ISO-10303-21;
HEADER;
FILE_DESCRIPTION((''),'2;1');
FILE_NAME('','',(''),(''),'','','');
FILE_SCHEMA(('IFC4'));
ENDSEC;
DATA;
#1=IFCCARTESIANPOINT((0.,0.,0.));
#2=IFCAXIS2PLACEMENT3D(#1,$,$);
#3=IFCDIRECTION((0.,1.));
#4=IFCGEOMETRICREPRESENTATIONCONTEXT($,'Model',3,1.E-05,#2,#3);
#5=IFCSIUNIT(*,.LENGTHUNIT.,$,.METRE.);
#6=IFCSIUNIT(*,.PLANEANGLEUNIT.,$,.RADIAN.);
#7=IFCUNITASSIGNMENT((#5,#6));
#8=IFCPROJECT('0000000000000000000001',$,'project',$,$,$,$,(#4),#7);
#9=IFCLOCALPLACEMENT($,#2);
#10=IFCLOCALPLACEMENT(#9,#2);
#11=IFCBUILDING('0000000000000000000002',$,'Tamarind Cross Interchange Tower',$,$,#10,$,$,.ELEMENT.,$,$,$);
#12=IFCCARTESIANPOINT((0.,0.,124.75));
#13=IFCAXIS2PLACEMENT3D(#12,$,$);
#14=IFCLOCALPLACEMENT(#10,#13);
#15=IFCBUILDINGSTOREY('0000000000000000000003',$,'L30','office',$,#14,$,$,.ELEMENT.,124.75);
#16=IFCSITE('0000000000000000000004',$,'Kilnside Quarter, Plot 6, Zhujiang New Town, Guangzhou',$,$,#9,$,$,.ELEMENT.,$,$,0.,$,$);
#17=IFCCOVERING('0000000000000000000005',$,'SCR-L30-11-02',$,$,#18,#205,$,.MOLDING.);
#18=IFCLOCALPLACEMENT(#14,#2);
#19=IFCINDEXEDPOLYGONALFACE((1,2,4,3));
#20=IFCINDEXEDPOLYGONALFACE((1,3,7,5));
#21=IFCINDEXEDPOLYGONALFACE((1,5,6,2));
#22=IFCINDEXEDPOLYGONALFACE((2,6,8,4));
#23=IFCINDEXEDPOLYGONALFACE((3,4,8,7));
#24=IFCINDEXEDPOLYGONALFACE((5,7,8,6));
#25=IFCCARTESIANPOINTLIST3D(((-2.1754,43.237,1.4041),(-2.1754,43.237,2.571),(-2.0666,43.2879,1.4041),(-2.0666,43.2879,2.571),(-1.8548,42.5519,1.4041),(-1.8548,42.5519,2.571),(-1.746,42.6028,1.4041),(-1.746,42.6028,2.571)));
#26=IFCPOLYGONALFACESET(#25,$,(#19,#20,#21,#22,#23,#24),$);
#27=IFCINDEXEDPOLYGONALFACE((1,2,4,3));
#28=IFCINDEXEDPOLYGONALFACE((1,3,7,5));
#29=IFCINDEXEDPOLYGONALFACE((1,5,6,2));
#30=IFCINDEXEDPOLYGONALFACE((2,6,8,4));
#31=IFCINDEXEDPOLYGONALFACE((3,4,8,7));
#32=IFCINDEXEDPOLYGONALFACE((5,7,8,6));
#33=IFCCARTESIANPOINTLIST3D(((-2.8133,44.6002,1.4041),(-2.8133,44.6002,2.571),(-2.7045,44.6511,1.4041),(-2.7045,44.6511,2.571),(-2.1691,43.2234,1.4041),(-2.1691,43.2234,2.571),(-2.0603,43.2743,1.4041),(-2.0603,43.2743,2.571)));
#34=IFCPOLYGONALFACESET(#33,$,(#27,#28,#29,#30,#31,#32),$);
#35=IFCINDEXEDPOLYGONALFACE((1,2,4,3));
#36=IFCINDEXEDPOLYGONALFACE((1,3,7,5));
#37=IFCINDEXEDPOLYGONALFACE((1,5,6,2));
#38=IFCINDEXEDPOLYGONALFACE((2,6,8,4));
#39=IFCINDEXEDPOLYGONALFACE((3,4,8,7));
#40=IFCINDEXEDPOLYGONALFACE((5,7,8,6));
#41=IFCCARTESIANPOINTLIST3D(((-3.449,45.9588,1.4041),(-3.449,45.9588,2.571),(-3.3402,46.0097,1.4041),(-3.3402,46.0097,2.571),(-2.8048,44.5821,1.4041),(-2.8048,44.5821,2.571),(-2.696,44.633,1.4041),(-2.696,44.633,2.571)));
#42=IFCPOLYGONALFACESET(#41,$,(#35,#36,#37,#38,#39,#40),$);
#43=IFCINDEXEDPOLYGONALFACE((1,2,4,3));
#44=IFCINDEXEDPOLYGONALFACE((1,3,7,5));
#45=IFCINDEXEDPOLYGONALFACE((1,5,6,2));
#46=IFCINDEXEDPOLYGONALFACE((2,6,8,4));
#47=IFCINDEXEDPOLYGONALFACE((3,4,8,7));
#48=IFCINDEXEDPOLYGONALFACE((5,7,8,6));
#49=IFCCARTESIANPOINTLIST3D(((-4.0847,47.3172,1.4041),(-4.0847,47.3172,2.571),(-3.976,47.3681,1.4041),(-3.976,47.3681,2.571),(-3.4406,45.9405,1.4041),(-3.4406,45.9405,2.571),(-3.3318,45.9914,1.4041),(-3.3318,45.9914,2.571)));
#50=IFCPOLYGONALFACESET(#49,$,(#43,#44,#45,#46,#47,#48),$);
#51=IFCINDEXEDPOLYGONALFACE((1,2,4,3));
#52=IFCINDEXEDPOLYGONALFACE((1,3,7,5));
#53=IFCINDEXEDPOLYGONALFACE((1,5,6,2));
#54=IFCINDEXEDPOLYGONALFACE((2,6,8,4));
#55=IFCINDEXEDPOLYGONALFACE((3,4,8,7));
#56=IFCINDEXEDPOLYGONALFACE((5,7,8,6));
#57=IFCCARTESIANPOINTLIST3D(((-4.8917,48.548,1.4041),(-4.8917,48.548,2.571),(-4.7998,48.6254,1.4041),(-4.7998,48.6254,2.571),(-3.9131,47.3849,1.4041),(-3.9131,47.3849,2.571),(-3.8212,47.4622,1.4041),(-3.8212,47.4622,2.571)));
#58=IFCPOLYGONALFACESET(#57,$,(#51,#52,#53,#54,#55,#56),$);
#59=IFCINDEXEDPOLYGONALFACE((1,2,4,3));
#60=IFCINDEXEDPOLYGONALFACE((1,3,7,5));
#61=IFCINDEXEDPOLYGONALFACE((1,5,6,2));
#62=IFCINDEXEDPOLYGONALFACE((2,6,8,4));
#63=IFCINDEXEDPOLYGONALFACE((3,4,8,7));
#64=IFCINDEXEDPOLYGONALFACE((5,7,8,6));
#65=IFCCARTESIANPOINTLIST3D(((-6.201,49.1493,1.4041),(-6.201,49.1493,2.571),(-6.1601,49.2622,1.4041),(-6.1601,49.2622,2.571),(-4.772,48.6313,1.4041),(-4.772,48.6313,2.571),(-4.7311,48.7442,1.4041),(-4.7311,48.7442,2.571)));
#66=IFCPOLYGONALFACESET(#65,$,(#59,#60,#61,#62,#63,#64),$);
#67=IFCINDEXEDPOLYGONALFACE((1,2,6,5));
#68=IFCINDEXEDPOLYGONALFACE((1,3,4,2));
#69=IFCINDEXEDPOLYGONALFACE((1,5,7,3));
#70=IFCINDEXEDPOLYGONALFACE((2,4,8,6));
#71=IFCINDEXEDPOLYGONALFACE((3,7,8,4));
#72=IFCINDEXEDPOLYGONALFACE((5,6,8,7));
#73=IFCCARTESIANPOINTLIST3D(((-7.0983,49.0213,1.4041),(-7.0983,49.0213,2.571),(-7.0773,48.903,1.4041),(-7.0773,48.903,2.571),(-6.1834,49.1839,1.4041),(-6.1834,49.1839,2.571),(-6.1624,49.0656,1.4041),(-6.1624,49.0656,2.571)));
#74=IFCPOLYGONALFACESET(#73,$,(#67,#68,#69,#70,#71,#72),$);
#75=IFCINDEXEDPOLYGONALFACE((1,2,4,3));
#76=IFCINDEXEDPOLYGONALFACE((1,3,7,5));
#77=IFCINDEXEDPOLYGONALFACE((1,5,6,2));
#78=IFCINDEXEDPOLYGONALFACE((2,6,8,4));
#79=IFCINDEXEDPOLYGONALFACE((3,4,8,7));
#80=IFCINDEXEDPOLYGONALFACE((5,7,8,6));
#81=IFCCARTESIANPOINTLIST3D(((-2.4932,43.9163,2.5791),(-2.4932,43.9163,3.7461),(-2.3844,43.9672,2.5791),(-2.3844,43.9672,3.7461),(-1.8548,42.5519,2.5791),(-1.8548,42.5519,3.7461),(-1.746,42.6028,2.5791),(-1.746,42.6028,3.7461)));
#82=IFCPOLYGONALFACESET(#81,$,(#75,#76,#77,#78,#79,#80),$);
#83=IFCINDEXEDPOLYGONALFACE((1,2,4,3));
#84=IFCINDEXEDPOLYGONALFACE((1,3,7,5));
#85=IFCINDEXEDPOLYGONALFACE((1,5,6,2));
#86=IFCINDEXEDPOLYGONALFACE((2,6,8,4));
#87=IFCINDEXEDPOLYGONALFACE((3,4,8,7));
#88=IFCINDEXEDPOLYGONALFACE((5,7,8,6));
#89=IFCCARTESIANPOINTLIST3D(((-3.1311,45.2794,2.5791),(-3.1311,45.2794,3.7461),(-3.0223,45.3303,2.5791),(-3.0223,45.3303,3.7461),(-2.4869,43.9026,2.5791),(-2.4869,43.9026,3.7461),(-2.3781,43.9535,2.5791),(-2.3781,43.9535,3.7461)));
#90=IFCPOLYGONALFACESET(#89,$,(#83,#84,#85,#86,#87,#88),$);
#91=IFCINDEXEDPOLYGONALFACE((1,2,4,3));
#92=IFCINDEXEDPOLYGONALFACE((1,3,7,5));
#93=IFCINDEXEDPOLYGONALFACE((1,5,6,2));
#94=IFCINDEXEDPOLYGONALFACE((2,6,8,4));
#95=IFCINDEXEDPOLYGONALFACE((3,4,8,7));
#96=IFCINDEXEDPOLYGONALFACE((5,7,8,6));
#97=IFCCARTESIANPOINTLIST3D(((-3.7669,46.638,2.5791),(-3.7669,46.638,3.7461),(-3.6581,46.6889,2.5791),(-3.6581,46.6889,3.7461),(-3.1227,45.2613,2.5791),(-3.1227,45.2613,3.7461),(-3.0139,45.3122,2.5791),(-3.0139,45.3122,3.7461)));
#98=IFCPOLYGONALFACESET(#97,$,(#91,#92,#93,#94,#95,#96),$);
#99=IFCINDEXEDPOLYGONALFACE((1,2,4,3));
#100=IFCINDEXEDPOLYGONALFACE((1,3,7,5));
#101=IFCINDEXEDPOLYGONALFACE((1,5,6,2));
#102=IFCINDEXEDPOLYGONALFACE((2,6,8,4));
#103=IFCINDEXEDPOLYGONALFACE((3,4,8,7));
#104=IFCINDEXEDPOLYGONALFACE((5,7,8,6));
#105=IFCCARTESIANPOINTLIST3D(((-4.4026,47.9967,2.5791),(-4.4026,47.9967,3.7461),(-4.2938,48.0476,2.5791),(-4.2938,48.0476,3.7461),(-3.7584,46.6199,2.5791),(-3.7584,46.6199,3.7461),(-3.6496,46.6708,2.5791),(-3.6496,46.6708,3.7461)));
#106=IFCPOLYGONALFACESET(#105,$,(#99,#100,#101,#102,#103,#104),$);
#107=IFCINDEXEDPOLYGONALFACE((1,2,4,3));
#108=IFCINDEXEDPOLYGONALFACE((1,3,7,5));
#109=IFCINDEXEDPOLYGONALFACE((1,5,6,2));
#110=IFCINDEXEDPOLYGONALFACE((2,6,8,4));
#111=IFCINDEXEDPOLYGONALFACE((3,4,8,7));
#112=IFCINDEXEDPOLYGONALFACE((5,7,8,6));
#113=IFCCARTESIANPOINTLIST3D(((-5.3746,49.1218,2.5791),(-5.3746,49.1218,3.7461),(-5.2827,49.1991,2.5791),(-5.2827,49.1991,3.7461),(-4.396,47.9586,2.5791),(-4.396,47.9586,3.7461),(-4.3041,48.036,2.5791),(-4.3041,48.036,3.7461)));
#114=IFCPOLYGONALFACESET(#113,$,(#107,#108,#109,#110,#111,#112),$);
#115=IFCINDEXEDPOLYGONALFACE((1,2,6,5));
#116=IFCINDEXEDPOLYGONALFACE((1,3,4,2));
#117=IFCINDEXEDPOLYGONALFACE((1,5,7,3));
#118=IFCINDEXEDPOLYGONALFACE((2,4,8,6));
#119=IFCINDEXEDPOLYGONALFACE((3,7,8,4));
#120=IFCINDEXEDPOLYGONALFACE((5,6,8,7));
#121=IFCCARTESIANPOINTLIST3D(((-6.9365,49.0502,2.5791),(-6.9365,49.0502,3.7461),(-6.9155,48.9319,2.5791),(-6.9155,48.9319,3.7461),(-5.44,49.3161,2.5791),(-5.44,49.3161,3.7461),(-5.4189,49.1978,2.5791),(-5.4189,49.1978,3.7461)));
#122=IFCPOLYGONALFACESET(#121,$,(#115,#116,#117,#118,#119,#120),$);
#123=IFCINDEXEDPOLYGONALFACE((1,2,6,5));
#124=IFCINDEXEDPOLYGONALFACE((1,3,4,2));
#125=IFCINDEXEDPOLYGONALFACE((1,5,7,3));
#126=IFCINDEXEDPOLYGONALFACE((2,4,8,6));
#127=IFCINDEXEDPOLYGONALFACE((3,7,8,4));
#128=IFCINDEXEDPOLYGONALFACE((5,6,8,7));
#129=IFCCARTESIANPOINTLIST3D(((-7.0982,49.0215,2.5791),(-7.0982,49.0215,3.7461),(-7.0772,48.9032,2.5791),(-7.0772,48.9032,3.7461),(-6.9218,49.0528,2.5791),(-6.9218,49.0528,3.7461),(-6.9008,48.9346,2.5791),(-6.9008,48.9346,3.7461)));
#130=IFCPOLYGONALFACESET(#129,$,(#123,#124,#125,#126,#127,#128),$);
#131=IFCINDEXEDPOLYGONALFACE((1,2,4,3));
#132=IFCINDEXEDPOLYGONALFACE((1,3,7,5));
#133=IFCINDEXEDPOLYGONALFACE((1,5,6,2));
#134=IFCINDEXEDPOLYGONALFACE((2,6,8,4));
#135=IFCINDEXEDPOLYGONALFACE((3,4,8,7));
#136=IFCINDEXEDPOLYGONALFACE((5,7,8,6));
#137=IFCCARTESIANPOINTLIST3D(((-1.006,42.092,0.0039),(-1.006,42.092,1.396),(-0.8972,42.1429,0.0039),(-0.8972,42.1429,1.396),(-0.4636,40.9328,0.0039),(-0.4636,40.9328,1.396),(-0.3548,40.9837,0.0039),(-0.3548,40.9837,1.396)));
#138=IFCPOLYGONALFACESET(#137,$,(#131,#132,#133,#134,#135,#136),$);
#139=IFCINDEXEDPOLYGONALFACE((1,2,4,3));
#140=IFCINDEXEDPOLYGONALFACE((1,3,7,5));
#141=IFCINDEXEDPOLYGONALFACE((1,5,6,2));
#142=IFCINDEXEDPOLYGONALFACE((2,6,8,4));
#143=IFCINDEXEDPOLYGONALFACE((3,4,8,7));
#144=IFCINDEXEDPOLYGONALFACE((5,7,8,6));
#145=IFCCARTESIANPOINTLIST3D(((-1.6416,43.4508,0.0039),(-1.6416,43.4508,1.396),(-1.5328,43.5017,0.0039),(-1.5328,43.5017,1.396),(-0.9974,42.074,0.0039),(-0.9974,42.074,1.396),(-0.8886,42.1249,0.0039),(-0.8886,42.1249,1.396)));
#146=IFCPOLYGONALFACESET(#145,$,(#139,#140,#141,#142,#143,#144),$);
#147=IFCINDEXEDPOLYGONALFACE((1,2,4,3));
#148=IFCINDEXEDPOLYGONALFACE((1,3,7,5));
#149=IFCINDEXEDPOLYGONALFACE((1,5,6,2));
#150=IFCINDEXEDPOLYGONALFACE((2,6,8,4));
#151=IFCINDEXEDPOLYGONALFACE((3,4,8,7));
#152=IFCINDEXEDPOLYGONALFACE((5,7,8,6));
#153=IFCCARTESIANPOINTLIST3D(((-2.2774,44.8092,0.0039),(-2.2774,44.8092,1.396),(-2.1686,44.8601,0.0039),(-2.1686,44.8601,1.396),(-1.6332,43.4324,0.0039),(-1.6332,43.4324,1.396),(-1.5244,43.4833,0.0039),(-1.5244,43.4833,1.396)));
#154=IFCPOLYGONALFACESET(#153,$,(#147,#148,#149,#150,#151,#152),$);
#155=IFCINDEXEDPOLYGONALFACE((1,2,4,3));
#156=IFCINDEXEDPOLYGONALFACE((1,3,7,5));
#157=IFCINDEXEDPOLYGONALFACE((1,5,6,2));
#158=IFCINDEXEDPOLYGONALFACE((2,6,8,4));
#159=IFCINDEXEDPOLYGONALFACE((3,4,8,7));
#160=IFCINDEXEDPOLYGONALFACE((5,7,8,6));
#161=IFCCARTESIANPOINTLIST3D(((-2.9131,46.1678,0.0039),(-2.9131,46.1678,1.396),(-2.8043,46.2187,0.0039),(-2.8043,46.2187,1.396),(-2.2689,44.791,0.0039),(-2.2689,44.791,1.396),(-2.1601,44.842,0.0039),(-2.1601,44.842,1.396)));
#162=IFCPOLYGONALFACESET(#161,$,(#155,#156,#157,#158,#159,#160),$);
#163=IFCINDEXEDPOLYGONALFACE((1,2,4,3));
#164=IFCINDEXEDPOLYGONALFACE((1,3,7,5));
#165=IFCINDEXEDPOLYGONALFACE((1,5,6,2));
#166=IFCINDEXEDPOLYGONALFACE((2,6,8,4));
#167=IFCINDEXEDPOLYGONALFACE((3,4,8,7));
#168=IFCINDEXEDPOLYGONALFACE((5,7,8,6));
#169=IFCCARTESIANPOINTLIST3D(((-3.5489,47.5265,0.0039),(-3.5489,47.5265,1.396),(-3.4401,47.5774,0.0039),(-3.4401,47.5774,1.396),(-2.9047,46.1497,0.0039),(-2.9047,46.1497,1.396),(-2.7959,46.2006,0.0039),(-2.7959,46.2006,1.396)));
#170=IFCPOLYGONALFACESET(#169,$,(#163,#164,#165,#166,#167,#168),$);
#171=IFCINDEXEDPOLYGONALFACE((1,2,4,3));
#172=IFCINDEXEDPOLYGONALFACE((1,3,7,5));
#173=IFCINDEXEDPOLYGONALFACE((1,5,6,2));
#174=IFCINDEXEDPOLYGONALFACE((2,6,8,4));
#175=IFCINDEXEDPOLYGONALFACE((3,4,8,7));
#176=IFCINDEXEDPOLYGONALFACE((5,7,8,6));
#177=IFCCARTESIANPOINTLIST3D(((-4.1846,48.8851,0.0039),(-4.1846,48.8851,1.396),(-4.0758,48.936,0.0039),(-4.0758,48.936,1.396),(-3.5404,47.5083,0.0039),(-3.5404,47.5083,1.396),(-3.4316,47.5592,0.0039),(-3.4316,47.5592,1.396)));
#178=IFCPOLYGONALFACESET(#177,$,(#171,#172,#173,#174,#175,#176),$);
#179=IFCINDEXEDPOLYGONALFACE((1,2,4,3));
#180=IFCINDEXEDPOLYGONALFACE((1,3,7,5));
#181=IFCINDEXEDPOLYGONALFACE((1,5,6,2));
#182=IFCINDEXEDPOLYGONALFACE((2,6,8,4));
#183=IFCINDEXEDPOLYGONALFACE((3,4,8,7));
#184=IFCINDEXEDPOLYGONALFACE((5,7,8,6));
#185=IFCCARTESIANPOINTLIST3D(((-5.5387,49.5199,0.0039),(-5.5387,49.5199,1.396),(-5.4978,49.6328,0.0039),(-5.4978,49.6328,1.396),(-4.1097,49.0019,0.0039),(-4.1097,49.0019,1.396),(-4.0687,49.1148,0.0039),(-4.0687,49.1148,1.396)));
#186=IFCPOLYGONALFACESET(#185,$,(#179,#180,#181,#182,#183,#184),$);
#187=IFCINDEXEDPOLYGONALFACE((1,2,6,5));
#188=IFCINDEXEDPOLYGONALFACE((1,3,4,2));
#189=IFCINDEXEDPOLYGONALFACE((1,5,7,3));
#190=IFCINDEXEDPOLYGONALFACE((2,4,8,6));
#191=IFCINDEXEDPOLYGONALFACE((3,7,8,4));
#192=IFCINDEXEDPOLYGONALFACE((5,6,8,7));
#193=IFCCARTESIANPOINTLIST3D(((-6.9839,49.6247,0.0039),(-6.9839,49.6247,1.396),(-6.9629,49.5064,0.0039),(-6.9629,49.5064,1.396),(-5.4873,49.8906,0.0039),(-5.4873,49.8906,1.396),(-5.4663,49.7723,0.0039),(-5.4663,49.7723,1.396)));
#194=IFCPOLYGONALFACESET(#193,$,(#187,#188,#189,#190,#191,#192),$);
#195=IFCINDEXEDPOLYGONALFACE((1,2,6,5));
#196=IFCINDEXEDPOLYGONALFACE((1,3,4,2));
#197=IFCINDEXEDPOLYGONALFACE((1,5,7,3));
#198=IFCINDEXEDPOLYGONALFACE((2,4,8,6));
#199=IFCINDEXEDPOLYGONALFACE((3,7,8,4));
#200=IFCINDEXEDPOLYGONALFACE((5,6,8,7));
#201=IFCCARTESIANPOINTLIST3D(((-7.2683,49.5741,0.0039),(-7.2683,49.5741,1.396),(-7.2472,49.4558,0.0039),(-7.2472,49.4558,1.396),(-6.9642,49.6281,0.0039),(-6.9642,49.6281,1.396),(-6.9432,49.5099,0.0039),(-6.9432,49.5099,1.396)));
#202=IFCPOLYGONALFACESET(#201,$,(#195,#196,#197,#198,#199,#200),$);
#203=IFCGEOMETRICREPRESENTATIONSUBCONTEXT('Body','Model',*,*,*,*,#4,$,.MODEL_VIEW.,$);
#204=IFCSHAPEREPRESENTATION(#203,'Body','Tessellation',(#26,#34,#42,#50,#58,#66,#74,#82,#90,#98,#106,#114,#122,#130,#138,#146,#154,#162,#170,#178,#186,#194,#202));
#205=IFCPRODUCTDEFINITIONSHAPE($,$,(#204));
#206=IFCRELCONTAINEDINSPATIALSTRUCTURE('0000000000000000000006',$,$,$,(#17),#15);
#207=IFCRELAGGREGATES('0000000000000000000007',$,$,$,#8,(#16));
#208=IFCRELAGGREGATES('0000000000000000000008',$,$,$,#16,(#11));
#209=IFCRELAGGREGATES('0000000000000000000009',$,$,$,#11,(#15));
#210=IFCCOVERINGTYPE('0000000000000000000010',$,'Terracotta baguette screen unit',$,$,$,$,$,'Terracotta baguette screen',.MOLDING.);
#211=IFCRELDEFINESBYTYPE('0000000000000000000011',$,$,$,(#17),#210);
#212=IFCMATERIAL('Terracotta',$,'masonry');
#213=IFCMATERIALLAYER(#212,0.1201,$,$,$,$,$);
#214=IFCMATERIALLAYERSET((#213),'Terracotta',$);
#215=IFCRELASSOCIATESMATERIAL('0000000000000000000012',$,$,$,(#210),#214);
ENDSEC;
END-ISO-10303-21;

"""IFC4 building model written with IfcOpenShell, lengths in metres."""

from ifc_helpers import new_model, si_unit, direction, frame, origin, origin_2d, place, context, subcontext, project, spatial, rectangle, extrude, material, layer, layer_set, type_object, element, save


model = new_model("IFC4")

# Units and contexts
model_context = context("Model", 3, precision=1e-05, world=origin(), true_north=direction((0.0, 1.0)))
body_context = subcontext(model_context, "Body", "Model", "MODEL_VIEW")
ifc_project = project(units=[si_unit("LENGTHUNIT", "METRE"), si_unit("PLANEANGLEUNIT", "RADIAN")], contexts=[model_context])

# Site, building, storey
site_placement = place(None, origin())
site = spatial("IfcSite", under=ifc_project, at=site_placement, Name="Kilnside Quarter, Plot 6, Zhujiang New Town, Guangzhou", CompositionType="ELEMENT", RefElevation=0.0)
building_placement = place(site_placement, origin())
building = spatial("IfcBuilding", under=site, at=building_placement, Name="Tamarind Cross Interchange Tower", CompositionType="ELEMENT")
storey_placement = place(building_placement, frame((0.0, 0.0, 124.75)))
storey = spatial("IfcBuildingStorey", under=building, at=storey_placement, Name="L30", Description="office", CompositionType="ELEMENT", Elevation=124.75)

# Covering
ifc_material_1 = material(Name="Terracotta", Category="masonry")
ifc_layer_1 = layer(ifc_material_1, 0.1201)
ifc_layer_set_1 = layer_set([ifc_layer_1], Name="Terracotta")
covering_type = type_object("IfcCoveringType", Name="Terracotta baguette screen unit", ElementType="Terracotta baguette screen", PredefinedType="MOLDING", material=ifc_layer_set_1)
covering_1_placement = place(storey_placement, origin())
element("IfcCovering", 1, at=covering_1_placement, inside=storey, type_object=covering_type, Name="SCR-L30-11-02", PredefinedType="MOLDING", context=body_context, shape_type="SweptSolid", body=[
    extrude(rectangle(XDim=0.7563, YDim=0.1201, at=origin_2d()), frame((-1.9607, 42.9199, 1.4041), z_axis=(0.0, 0.0, 1.0), x_axis=(-0.423807, 0.905752, 0.0)), (0.0, 0.0, 1.0), 1.167),
    extrude(rectangle(XDim=1.52, YDim=0.1201, at=origin_2d()), frame((-2.4368, 43.9373, 1.4041), z_axis=(0.0, 0.0, 1.0), x_axis=(-0.423807, 0.905752, 0.0)), (0.0, 0.0, 1.0), 1.167),
    extrude(rectangle(XDim=1.52, YDim=0.1201, at=origin_2d()), frame((-3.0725, 45.2959, 1.4041), z_axis=(0.0, 0.0, 1.0), x_axis=(-0.423807, 0.905752, 0.0)), (0.0, 0.0, 1.0), 1.167),
    extrude(rectangle(XDim=1.52, YDim=0.1201, at=origin_2d()), frame((-3.7083, 46.6543, 1.4041), z_axis=(0.0, 0.0, 1.0), x_axis=(-0.423807, 0.905752, 0.0)), (0.0, 0.0, 1.0), 1.167),
    extrude(rectangle(XDim=1.52, YDim=0.1201, at=origin_2d()), frame((-4.3564, 48.0051, 1.4041), z_axis=(0.0, 0.0, 1.0), x_axis=(-0.643792, 0.7652, 0.0)), (0.0, 0.0, 1.0), 1.167),
    extrude(rectangle(XDim=1.52, YDim=0.1201, at=origin_2d()), frame((-5.4661, 48.9468, 1.4041), z_axis=(0.0, 0.0, 1.0), x_axis=(-0.940141, 0.340787, 0.0)), (0.0, 0.0, 1.0), 1.167),
    extrude(rectangle(XDim=0.9292, YDim=0.1201, at=origin_2d()), frame((-6.6304, 49.0435, 1.4041), z_axis=(0.0, 0.0, 1.0), x_axis=(-0.984579, -0.174941, 0.0)), (0.0, 0.0, 1.0), 1.167),
    extrude(rectangle(XDim=1.5063, YDim=0.1201, at=origin_2d()), frame((-2.1196, 43.2595, 2.5791), z_axis=(0.0, 0.0, 1.0), x_axis=(-0.423807, 0.905752, 0.0)), (0.0, 0.0, 1.0), 1.167),
    extrude(rectangle(XDim=1.52, YDim=0.1201, at=origin_2d()), frame((-2.7546, 44.6165, 2.5791), z_axis=(0.0, 0.0, 1.0), x_axis=(-0.423807, 0.905752, 0.0)), (0.0, 0.0, 1.0), 1.167),
    extrude(rectangle(XDim=1.52, YDim=0.1201, at=origin_2d()), frame((-3.3904, 45.9751, 2.5791), z_axis=(0.0, 0.0, 1.0), x_axis=(-0.423807, 0.905752, 0.0)), (0.0, 0.0, 1.0), 1.167),
    extrude(rectangle(XDim=1.52, YDim=0.1201, at=origin_2d()), frame((-4.0261, 47.3337, 2.5791), z_axis=(0.0, 0.0, 1.0), x_axis=(-0.423807, 0.905752, 0.0)), (0.0, 0.0, 1.0), 1.167),
    extrude(rectangle(XDim=1.52, YDim=0.1201, at=origin_2d()), frame((-4.8394, 48.5789, 2.5791), z_axis=(0.0, 0.0, 1.0), x_axis=(-0.643792, 0.7652, 0.0)), (0.0, 0.0, 1.0), 1.167),
    extrude(rectangle(XDim=1.52, YDim=0.1201, at=origin_2d()), frame((-6.1777, 49.124, 2.5791), z_axis=(0.0, 0.0, 1.0), x_axis=(-0.984579, -0.174941, 0.0)), (0.0, 0.0, 1.0), 1.167),
    extrude(rectangle(XDim=0.1792, YDim=0.1201, at=origin_2d()), frame((-6.9995, 48.978, 2.5791), z_axis=(0.0, 0.0, 1.0), x_axis=(-0.984579, -0.174941, 0.0)), (0.0, 0.0, 1.0), 1.167),
    extrude(rectangle(XDim=1.2798, YDim=0.1201, at=origin_2d()), frame((-0.6804, 41.5378, 0.0039), z_axis=(0.0, 0.0, 1.0), x_axis=(-0.423807, 0.905752, 0.0)), (0.0, 0.0, 1.0), 1.3921),
    extrude(rectangle(XDim=1.52, YDim=0.1201, at=origin_2d()), frame((-1.2651, 42.7878, 0.0039), z_axis=(0.0, 0.0, 1.0), x_axis=(-0.423807, 0.905752, 0.0)), (0.0, 0.0, 1.0), 1.3921),
    extrude(rectangle(XDim=1.52, YDim=0.1201, at=origin_2d()), frame((-1.9009, 44.1462, 0.0039), z_axis=(0.0, 0.0, 1.0), x_axis=(-0.423807, 0.905752, 0.0)), (0.0, 0.0, 1.0), 1.3921),
    extrude(rectangle(XDim=1.52, YDim=0.1201, at=origin_2d()), frame((-2.5366, 45.5049, 0.0039), z_axis=(0.0, 0.0, 1.0), x_axis=(-0.423807, 0.905752, 0.0)), (0.0, 0.0, 1.0), 1.3921),
    extrude(rectangle(XDim=1.52, YDim=0.1201, at=origin_2d()), frame((-3.1724, 46.8635, 0.0039), z_axis=(0.0, 0.0, 1.0), x_axis=(-0.423807, 0.905752, 0.0)), (0.0, 0.0, 1.0), 1.3921),
    extrude(rectangle(XDim=1.52, YDim=0.1201, at=origin_2d()), frame((-3.8081, 48.2222, 0.0039), z_axis=(0.0, 0.0, 1.0), x_axis=(-0.423807, 0.905752, 0.0)), (0.0, 0.0, 1.0), 1.3921),
    extrude(rectangle(XDim=1.52, YDim=0.1201, at=origin_2d()), frame((-4.8037, 49.3174, 0.0039), z_axis=(0.0, 0.0, 1.0), x_axis=(-0.940141, 0.340787, 0.0)), (0.0, 0.0, 1.0), 1.3921),
    extrude(rectangle(XDim=1.52, YDim=0.1201, at=origin_2d()), frame((-6.2251, 49.6985, 0.0039), z_axis=(0.0, 0.0, 1.0), x_axis=(-0.984579, -0.174941, 0.0)), (0.0, 0.0, 1.0), 1.3921),
    extrude(rectangle(XDim=0.3088, YDim=0.1201, at=origin_2d()), frame((-7.1057, 49.542, 0.0039), z_axis=(0.0, 0.0, 1.0), x_axis=(-0.984579, -0.174941, 0.0)), (0.0, 0.0, 1.0), 1.3921),
])

save(model, "model.ifc")
